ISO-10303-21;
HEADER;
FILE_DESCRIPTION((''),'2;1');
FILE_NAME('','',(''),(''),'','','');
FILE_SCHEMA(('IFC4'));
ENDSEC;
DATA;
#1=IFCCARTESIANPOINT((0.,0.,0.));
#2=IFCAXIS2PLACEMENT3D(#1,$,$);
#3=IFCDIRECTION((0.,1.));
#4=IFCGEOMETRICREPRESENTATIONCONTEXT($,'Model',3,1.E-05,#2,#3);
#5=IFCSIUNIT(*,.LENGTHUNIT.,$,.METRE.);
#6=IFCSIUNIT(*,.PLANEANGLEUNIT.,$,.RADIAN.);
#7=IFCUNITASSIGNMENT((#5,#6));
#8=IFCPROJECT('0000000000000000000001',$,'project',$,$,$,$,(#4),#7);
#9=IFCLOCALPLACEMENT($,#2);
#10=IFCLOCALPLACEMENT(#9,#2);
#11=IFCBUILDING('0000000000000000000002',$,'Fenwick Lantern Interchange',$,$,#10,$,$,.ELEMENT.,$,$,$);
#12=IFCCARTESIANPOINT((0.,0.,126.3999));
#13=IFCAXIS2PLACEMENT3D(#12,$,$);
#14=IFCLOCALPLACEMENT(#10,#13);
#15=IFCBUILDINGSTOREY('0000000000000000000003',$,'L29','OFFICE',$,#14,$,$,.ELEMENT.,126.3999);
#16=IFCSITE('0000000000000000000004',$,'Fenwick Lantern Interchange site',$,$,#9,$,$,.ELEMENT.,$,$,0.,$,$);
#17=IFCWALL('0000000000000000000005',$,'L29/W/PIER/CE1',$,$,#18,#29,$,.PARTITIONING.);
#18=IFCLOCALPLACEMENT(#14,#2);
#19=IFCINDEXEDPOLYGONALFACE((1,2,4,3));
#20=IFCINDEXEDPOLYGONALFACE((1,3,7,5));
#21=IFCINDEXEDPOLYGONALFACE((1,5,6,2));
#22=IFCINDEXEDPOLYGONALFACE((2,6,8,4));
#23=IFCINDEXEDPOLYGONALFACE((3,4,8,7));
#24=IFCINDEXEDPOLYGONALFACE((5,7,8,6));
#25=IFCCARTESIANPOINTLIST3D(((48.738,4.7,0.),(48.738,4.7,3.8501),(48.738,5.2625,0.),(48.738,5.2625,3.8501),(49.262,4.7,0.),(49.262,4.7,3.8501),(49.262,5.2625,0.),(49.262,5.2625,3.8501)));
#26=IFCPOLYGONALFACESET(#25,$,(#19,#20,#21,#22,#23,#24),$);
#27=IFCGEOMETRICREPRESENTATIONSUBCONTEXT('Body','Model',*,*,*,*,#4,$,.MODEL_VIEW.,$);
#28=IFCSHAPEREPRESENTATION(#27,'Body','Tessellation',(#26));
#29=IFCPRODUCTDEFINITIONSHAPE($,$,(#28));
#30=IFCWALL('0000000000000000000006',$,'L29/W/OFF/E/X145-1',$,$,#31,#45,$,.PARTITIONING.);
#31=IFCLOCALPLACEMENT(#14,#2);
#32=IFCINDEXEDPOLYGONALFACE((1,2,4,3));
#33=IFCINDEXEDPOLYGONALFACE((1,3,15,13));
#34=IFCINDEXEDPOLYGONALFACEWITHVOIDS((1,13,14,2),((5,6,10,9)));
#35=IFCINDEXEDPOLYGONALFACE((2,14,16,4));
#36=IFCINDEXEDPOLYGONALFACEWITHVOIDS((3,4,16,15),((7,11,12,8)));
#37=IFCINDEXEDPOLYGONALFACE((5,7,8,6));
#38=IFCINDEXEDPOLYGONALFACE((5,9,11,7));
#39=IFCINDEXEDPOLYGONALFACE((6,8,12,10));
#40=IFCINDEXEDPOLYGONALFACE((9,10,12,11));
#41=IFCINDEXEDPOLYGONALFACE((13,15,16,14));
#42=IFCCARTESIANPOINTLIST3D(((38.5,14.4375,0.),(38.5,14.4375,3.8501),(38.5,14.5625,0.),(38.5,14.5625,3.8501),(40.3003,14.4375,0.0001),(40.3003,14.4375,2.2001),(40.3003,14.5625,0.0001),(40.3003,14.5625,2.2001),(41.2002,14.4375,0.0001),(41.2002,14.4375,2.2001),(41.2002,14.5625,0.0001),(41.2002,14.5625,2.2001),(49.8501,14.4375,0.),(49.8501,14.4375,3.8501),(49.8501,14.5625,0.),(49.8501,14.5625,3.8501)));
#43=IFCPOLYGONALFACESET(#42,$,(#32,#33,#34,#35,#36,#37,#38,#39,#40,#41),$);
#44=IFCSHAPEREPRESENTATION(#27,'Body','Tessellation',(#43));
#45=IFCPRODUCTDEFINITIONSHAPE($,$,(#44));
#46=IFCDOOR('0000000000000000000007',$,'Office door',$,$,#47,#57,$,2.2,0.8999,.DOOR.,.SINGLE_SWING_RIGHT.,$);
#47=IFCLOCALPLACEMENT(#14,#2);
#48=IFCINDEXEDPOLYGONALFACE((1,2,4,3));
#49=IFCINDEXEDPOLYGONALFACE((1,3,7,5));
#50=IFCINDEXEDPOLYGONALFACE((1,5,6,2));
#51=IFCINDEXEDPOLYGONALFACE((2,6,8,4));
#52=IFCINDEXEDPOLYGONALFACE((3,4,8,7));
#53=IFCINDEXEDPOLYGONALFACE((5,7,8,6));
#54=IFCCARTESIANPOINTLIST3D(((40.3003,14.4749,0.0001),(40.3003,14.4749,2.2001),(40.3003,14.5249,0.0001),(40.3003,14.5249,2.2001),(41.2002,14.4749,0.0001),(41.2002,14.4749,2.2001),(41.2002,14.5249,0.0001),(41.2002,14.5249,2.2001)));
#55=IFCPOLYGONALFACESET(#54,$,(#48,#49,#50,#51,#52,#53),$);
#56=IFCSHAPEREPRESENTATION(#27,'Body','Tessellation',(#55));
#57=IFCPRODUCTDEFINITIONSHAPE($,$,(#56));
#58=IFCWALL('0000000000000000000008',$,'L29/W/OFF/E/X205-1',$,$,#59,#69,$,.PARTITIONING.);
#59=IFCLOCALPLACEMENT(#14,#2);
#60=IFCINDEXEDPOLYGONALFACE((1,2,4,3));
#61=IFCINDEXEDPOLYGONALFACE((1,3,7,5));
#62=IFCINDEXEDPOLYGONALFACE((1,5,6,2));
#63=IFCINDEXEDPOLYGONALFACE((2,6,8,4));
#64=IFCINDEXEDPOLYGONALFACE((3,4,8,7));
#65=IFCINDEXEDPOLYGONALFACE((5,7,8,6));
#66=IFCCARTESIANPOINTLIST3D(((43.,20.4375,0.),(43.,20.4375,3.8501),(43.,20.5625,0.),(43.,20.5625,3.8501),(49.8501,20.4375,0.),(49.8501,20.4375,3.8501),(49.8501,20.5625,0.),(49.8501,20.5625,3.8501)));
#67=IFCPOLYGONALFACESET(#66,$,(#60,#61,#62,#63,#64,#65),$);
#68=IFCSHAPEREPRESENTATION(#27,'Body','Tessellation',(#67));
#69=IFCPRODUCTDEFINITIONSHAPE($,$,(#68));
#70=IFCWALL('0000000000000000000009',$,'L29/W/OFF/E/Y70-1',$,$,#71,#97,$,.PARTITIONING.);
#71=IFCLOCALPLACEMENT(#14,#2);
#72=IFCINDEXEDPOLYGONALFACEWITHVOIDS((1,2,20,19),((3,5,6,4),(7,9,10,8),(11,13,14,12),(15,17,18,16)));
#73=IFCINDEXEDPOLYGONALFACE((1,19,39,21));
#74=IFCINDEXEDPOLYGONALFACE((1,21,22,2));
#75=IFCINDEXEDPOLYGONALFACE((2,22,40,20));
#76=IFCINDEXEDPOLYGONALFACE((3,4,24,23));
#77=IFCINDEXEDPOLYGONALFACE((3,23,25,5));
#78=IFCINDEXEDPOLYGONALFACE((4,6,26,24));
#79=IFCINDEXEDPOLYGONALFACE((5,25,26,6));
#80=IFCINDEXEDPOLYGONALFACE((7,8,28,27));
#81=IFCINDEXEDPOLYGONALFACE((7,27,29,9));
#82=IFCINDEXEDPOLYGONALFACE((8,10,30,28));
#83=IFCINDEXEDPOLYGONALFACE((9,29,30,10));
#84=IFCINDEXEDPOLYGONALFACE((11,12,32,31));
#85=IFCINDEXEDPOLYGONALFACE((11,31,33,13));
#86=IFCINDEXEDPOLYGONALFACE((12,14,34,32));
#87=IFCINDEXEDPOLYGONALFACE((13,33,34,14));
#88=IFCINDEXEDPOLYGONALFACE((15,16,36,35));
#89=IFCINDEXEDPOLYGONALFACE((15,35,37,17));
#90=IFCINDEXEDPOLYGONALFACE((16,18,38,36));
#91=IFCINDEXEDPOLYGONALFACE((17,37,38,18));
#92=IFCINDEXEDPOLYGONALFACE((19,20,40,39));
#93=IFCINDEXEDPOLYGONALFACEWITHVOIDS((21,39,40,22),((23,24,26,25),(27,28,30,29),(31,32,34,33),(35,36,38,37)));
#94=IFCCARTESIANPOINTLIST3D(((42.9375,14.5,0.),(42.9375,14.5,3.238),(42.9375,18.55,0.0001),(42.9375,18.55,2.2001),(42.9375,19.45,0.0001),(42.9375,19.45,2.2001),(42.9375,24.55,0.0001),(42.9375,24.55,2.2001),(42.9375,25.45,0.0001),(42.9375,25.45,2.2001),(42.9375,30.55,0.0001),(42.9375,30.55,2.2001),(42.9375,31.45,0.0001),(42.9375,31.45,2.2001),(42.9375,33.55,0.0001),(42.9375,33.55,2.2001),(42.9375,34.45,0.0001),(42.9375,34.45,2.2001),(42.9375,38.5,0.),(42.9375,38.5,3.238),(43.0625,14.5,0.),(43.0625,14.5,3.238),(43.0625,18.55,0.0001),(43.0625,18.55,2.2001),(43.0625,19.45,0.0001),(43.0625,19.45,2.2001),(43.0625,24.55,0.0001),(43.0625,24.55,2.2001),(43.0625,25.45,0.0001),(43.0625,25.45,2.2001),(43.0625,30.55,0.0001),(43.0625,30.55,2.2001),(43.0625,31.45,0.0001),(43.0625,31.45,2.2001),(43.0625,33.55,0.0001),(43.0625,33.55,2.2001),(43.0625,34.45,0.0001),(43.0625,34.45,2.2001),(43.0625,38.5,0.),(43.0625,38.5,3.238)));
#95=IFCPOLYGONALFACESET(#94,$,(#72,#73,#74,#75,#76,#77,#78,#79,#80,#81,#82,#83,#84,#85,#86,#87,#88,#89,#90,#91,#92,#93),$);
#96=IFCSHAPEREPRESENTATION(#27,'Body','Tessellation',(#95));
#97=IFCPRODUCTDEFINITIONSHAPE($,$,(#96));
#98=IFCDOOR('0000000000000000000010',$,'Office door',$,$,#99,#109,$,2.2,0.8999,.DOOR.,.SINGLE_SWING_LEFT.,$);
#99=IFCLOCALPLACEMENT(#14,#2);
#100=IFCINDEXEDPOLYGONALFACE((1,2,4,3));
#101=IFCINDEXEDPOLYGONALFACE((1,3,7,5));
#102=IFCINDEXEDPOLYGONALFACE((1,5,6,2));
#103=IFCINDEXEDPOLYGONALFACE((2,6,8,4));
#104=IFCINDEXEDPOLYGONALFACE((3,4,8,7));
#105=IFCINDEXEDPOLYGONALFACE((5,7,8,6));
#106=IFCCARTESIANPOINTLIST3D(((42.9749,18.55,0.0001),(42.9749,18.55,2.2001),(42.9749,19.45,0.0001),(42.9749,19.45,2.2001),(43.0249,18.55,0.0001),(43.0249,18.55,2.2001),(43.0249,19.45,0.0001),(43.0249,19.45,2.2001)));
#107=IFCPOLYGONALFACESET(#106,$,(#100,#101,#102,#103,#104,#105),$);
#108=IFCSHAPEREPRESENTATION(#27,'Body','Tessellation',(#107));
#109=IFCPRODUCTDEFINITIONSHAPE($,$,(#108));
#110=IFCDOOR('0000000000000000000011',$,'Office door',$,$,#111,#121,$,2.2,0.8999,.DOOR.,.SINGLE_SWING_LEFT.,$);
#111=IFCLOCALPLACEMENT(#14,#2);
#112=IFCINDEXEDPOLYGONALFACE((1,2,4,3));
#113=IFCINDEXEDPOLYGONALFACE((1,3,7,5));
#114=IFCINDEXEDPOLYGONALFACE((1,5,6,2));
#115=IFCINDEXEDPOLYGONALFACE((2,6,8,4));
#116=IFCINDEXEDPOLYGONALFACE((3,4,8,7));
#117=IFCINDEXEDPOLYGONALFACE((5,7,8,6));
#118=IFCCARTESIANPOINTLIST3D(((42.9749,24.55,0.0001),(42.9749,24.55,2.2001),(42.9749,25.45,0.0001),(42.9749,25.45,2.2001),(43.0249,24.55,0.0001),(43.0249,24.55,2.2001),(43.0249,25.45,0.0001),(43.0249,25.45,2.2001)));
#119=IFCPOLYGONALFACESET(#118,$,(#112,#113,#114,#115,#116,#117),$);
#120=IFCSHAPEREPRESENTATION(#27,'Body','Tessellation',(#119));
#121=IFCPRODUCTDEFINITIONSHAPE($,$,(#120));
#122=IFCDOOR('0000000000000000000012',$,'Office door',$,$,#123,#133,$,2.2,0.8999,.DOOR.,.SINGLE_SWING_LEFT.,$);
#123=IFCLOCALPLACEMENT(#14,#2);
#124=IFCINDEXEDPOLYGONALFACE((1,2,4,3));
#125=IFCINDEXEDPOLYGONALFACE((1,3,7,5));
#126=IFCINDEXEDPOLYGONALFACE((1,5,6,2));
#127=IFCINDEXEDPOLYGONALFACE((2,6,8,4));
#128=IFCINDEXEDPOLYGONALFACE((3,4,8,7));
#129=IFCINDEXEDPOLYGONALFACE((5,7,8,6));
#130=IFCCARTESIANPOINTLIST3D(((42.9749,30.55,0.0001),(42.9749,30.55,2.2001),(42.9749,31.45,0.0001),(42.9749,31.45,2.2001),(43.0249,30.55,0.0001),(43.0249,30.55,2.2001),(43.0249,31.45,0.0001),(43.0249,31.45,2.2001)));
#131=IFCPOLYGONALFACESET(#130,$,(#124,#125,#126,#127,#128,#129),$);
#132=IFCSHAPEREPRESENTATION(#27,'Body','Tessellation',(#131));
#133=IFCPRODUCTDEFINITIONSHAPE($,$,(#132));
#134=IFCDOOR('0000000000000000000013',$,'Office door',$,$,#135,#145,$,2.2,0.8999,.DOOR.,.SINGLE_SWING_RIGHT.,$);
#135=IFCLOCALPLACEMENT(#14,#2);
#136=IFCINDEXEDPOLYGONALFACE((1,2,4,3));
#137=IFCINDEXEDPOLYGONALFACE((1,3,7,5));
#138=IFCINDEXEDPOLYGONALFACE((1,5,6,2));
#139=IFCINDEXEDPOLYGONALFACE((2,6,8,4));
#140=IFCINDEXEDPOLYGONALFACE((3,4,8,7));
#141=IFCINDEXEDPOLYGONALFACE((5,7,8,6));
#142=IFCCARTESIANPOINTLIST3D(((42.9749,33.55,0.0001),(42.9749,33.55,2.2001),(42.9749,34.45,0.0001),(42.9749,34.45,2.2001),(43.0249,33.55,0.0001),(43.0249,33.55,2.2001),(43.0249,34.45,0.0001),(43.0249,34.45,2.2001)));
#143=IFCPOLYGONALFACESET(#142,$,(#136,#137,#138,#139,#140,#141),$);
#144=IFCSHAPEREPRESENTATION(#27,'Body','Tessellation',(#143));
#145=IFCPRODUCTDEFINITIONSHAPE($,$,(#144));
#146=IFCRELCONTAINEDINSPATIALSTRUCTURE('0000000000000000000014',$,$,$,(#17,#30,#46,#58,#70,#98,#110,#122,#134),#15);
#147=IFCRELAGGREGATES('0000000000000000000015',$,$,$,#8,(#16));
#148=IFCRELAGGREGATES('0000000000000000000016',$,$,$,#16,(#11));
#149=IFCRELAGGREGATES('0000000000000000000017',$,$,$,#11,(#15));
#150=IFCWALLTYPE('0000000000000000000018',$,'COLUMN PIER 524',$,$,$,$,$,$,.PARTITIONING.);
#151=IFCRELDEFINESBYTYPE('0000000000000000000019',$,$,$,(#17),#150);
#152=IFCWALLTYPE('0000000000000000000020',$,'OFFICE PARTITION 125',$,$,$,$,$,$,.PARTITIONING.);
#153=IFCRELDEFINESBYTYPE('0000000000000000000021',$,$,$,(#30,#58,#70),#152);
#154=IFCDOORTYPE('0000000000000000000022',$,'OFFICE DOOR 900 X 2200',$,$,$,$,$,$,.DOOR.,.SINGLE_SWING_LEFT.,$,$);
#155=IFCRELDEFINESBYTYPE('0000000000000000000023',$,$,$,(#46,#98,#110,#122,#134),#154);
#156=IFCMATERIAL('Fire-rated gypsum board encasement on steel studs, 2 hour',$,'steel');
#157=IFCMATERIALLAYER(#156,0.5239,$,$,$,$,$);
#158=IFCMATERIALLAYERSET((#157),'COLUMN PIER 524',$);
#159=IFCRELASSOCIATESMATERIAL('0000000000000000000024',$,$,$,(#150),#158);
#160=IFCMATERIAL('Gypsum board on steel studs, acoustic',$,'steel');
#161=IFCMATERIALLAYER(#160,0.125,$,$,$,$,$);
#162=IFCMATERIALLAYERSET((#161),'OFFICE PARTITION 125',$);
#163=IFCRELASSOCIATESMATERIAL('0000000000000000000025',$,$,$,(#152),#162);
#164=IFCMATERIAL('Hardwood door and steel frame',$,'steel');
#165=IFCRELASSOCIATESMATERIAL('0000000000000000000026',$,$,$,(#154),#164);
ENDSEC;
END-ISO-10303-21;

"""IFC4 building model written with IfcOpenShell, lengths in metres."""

from ifc_helpers import new_model, si_unit, direction, frame, frame_2d, origin, place, context, subcontext, project, spatial, rectangle, extrude, material, layer, layer_set, type_object, element, fill, save


model = new_model("IFC4")

# Units and contexts
model_context = context("Model", 3, precision=1e-05, world=origin(), true_north=direction((0.0, 1.0)))
body_context = subcontext(model_context, "Body", "Model", "MODEL_VIEW")
ifc_project = project(units=[si_unit("LENGTHUNIT", "METRE"), si_unit("PLANEANGLEUNIT", "RADIAN")], contexts=[model_context])

# Site, building, storey
site_placement = place(None, origin())
site = spatial("IfcSite", under=ifc_project, at=site_placement, Name="Fenwick Lantern Interchange site", CompositionType="ELEMENT", RefElevation=0.0)
building_placement = place(site_placement, origin())
building = spatial("IfcBuilding", under=site, at=building_placement, Name="Fenwick Lantern Interchange", CompositionType="ELEMENT")
storey_placement = place(building_placement, frame((0.0, 0.0, 126.3999)))
storey = spatial("IfcBuildingStorey", under=building, at=storey_placement, Name="L29", Description="OFFICE", CompositionType="ELEMENT", Elevation=126.3999)

# Wall
ifc_material_1 = material(Name="Fire-rated gypsum board encasement on steel studs, 2 hour", Category="steel")
ifc_layer_1 = layer(ifc_material_1, 0.5239)
ifc_layer_set_1 = layer_set([ifc_layer_1], Name="COLUMN PIER 524")
wall_type_1 = type_object("IfcWallType", Name="COLUMN PIER 524", PredefinedType="PARTITIONING", material=ifc_layer_set_1)
wall_1_placement = place(storey_placement, frame((49.0, 4.7, 0.0), z_axis=(0.0, 0.0, 1.0), x_axis=(0.0, 1.0, 0.0)))
element("IfcWall", 1, at=wall_1_placement, inside=storey, type_object=wall_type_1, Name="L29/W/PIER/CE1", PredefinedType="PARTITIONING", context=body_context, shape_type="SweptSolid", body=[
    extrude(rectangle(XDim=0.5625, YDim=0.5239, at=frame_2d((0.2812, 0.0))), origin(), (0.0, 0.0, 1.0), 3.8501),
])

# Wall, opening, door
ifc_material_2 = material(Name="Gypsum board on steel studs, acoustic", Category="steel")
ifc_layer_2 = layer(ifc_material_2, 0.125)
ifc_layer_set_2 = layer_set([ifc_layer_2], Name="OFFICE PARTITION 125")
wall_type_2 = type_object("IfcWallType", Name="OFFICE PARTITION 125", PredefinedType="PARTITIONING", material=ifc_layer_set_2)
wall_2_placement = place(storey_placement, frame((49.8501, 14.5, 0.0), z_axis=(0.0, 0.0, 1.0), x_axis=(-1.0, 0.0, 0.0)))
wall_2 = element("IfcWall", 2, at=wall_2_placement, inside=storey, type_object=wall_type_2, Name="L29/W/OFF/E/X145-1", PredefinedType="PARTITIONING", context=body_context, shape_type="SweptSolid", body=[
    extrude(rectangle(XDim=11.3501, YDim=0.125, at=frame_2d((5.675, 0.0))), origin(), (0.0, 0.0, 1.0), 3.8501),
])
opening_1_placement = place(wall_2_placement, frame((8.6499, 0.0, 0.0)))
opening_1 = element("IfcOpeningElement", 3, at=opening_1_placement, cuts=wall_2, PredefinedType="OPENING", context=body_context, shape_type="SweptSolid", body=[
    extrude(rectangle(XDim=0.8999, YDim=2.2, at=frame_2d((0.45, 1.1001))), frame((0.0, 0.0725, 0.0), z_axis=(0.0, -1.0, 0.0), x_axis=(1.0, 0.0, 0.0)), (0.0, 0.0, 1.0), 0.145),
])
ifc_material_3 = material(Name="Hardwood door and steel frame", Category="steel")
door_type = type_object("IfcDoorType", Name="OFFICE DOOR 900 X 2200", OperationType="SINGLE_SWING_LEFT", PredefinedType="DOOR", material=ifc_material_3)
door_1_placement = place(opening_1_placement, frame((0.8999, 0.0, 0.0), z_axis=(0.0, 0.0, 1.0), x_axis=(-1.0, 0.0, 0.0)))
door_1 = element("IfcDoor", 4, at=door_1_placement, inside=storey, type_object=door_type, Name="Office door", OperationType="SINGLE_SWING_RIGHT", OverallHeight=2.2, OverallWidth=0.8999, PredefinedType="DOOR", context=body_context, shape_type="SweptSolid", body=[
    extrude(rectangle(XDim=0.8999, YDim=2.2, at=frame_2d((0.45, 1.1001))), frame((0.0, 0.0249, 0.0), z_axis=(0.0, -1.0, 0.0), x_axis=(1.0, 0.0, 0.0)), (0.0, 0.0, 1.0), 0.05),
])
fill(opening_1, door_1)

# Wall
wall_3_placement = place(storey_placement, frame((49.8501, 20.5, 0.0), z_axis=(0.0, 0.0, 1.0), x_axis=(-1.0, 0.0, 0.0)))
element("IfcWall", 5, at=wall_3_placement, inside=storey, type_object=wall_type_2, Name="L29/W/OFF/E/X205-1", PredefinedType="PARTITIONING", context=body_context, shape_type="SweptSolid", body=[
    extrude(rectangle(XDim=6.8501, YDim=0.125, at=frame_2d((3.425, 0.0))), origin(), (0.0, 0.0, 1.0), 3.8501),
])

# Wall, openings, doors
wall_4_placement = place(storey_placement, frame((43.0, 14.5, 0.0), z_axis=(0.0, 0.0, 1.0), x_axis=(0.0, 1.0, 0.0)))
wall_4 = element("IfcWall", 6, at=wall_4_placement, inside=storey, type_object=wall_type_2, Name="L29/W/OFF/E/Y70-1", PredefinedType="PARTITIONING", context=body_context, shape_type="SweptSolid", body=[
    extrude(rectangle(XDim=24.0, YDim=0.125, at=frame_2d((12.0, 0.0))), origin(), (0.0, 0.0, 1.0), 3.238),
])
opening_2_placement = place(wall_4_placement, frame((4.05, 0.0, 0.0)))
opening_2 = element("IfcOpeningElement", 7, at=opening_2_placement, cuts=wall_4, PredefinedType="OPENING", context=body_context, shape_type="SweptSolid", body=[
    extrude(rectangle(XDim=0.8999, YDim=2.2, at=frame_2d((0.45, 1.1001))), frame((0.0, 0.0725, 0.0), z_axis=(0.0, -1.0, 0.0), x_axis=(1.0, 0.0, 0.0)), (0.0, 0.0, 1.0), 0.145),
])
opening_3_placement = place(wall_4_placement, frame((10.05, 0.0, 0.0)))
opening_3 = element("IfcOpeningElement", 8, at=opening_3_placement, cuts=wall_4, PredefinedType="OPENING", context=body_context, shape_type="SweptSolid", body=[
    extrude(rectangle(XDim=0.8999, YDim=2.2, at=frame_2d((0.45, 1.1001))), frame((0.0, 0.0725, 0.0), z_axis=(0.0, -1.0, 0.0), x_axis=(1.0, 0.0, 0.0)), (0.0, 0.0, 1.0), 0.145),
])
opening_4_placement = place(wall_4_placement, frame((16.05, 0.0, 0.0)))
opening_4 = element("IfcOpeningElement", 9, at=opening_4_placement, cuts=wall_4, PredefinedType="OPENING", context=body_context, shape_type="SweptSolid", body=[
    extrude(rectangle(XDim=0.8999, YDim=2.2, at=frame_2d((0.45, 1.1001))), frame((0.0, 0.0725, 0.0), z_axis=(0.0, -1.0, 0.0), x_axis=(1.0, 0.0, 0.0)), (0.0, 0.0, 1.0), 0.145),
])
opening_5_placement = place(wall_4_placement, frame((19.05, 0.0, 0.0)))
opening_5 = element("IfcOpeningElement", 10, at=opening_5_placement, cuts=wall_4, PredefinedType="OPENING", context=body_context, shape_type="SweptSolid", body=[
    extrude(rectangle(XDim=0.8999, YDim=2.2, at=frame_2d((0.45, 1.1001))), frame((0.0, 0.0725, 0.0), z_axis=(0.0, -1.0, 0.0), x_axis=(1.0, 0.0, 0.0)), (0.0, 0.0, 1.0), 0.145),
])
door_2_placement = place(opening_2_placement, frame((0.8999, 0.0, 0.0), z_axis=(0.0, 0.0, 1.0), x_axis=(-1.0, 0.0, 0.0)))
door_2 = element("IfcDoor", 11, at=door_2_placement, inside=storey, type_object=door_type, Name="Office door", OperationType="SINGLE_SWING_LEFT", OverallHeight=2.2, OverallWidth=0.8999, PredefinedType="DOOR", context=body_context, shape_type="SweptSolid", body=[
    extrude(rectangle(XDim=0.8999, YDim=2.2, at=frame_2d((0.45, 1.1001))), frame((0.0, 0.0249, 0.0), z_axis=(0.0, -1.0, 0.0), x_axis=(1.0, 0.0, 0.0)), (0.0, 0.0, 1.0), 0.05),
])
fill(opening_2, door_2)
door_3_placement = place(opening_3_placement, frame((0.8999, 0.0, 0.0), z_axis=(0.0, 0.0, 1.0), x_axis=(-1.0, 0.0, 0.0)))
door_3 = element("IfcDoor", 12, at=door_3_placement, inside=storey, type_object=door_type, Name="Office door", OperationType="SINGLE_SWING_LEFT", OverallHeight=2.2, OverallWidth=0.8999, PredefinedType="DOOR", context=body_context, shape_type="SweptSolid", body=[
    extrude(rectangle(XDim=0.8999, YDim=2.2, at=frame_2d((0.45, 1.1001))), frame((0.0, 0.0249, 0.0), z_axis=(0.0, -1.0, 0.0), x_axis=(1.0, 0.0, 0.0)), (0.0, 0.0, 1.0), 0.05),
])
fill(opening_3, door_3)
door_4_placement = place(opening_4_placement, frame((0.8999, 0.0, 0.0), z_axis=(0.0, 0.0, 1.0), x_axis=(-1.0, 0.0, 0.0)))
door_4 = element("IfcDoor", 13, at=door_4_placement, inside=storey, type_object=door_type, Name="Office door", OperationType="SINGLE_SWING_LEFT", OverallHeight=2.2, OverallWidth=0.8999, PredefinedType="DOOR", context=body_context, shape_type="SweptSolid", body=[
    extrude(rectangle(XDim=0.8999, YDim=2.2, at=frame_2d((0.45, 1.1001))), frame((0.0, 0.0249, 0.0), z_axis=(0.0, -1.0, 0.0), x_axis=(1.0, 0.0, 0.0)), (0.0, 0.0, 1.0), 0.05),
])
fill(opening_4, door_4)
door_5_placement = place(opening_5_placement, frame((0.8999, 0.0, 0.0), z_axis=(0.0, 0.0, 1.0), x_axis=(-1.0, 0.0, 0.0)))
door_5 = element("IfcDoor", 14, at=door_5_placement, inside=storey, type_object=door_type, Name="Office door", OperationType="SINGLE_SWING_RIGHT", OverallHeight=2.2, OverallWidth=0.8999, PredefinedType="DOOR", context=body_context, shape_type="SweptSolid", body=[
    extrude(rectangle(XDim=0.8999, YDim=2.2, at=frame_2d((0.45, 1.1001))), frame((0.0, 0.0249, 0.0), z_axis=(0.0, -1.0, 0.0), x_axis=(1.0, 0.0, 0.0)), (0.0, 0.0, 1.0), 0.05),
])
fill(opening_5, door_5)

save(model, "model.ifc")
